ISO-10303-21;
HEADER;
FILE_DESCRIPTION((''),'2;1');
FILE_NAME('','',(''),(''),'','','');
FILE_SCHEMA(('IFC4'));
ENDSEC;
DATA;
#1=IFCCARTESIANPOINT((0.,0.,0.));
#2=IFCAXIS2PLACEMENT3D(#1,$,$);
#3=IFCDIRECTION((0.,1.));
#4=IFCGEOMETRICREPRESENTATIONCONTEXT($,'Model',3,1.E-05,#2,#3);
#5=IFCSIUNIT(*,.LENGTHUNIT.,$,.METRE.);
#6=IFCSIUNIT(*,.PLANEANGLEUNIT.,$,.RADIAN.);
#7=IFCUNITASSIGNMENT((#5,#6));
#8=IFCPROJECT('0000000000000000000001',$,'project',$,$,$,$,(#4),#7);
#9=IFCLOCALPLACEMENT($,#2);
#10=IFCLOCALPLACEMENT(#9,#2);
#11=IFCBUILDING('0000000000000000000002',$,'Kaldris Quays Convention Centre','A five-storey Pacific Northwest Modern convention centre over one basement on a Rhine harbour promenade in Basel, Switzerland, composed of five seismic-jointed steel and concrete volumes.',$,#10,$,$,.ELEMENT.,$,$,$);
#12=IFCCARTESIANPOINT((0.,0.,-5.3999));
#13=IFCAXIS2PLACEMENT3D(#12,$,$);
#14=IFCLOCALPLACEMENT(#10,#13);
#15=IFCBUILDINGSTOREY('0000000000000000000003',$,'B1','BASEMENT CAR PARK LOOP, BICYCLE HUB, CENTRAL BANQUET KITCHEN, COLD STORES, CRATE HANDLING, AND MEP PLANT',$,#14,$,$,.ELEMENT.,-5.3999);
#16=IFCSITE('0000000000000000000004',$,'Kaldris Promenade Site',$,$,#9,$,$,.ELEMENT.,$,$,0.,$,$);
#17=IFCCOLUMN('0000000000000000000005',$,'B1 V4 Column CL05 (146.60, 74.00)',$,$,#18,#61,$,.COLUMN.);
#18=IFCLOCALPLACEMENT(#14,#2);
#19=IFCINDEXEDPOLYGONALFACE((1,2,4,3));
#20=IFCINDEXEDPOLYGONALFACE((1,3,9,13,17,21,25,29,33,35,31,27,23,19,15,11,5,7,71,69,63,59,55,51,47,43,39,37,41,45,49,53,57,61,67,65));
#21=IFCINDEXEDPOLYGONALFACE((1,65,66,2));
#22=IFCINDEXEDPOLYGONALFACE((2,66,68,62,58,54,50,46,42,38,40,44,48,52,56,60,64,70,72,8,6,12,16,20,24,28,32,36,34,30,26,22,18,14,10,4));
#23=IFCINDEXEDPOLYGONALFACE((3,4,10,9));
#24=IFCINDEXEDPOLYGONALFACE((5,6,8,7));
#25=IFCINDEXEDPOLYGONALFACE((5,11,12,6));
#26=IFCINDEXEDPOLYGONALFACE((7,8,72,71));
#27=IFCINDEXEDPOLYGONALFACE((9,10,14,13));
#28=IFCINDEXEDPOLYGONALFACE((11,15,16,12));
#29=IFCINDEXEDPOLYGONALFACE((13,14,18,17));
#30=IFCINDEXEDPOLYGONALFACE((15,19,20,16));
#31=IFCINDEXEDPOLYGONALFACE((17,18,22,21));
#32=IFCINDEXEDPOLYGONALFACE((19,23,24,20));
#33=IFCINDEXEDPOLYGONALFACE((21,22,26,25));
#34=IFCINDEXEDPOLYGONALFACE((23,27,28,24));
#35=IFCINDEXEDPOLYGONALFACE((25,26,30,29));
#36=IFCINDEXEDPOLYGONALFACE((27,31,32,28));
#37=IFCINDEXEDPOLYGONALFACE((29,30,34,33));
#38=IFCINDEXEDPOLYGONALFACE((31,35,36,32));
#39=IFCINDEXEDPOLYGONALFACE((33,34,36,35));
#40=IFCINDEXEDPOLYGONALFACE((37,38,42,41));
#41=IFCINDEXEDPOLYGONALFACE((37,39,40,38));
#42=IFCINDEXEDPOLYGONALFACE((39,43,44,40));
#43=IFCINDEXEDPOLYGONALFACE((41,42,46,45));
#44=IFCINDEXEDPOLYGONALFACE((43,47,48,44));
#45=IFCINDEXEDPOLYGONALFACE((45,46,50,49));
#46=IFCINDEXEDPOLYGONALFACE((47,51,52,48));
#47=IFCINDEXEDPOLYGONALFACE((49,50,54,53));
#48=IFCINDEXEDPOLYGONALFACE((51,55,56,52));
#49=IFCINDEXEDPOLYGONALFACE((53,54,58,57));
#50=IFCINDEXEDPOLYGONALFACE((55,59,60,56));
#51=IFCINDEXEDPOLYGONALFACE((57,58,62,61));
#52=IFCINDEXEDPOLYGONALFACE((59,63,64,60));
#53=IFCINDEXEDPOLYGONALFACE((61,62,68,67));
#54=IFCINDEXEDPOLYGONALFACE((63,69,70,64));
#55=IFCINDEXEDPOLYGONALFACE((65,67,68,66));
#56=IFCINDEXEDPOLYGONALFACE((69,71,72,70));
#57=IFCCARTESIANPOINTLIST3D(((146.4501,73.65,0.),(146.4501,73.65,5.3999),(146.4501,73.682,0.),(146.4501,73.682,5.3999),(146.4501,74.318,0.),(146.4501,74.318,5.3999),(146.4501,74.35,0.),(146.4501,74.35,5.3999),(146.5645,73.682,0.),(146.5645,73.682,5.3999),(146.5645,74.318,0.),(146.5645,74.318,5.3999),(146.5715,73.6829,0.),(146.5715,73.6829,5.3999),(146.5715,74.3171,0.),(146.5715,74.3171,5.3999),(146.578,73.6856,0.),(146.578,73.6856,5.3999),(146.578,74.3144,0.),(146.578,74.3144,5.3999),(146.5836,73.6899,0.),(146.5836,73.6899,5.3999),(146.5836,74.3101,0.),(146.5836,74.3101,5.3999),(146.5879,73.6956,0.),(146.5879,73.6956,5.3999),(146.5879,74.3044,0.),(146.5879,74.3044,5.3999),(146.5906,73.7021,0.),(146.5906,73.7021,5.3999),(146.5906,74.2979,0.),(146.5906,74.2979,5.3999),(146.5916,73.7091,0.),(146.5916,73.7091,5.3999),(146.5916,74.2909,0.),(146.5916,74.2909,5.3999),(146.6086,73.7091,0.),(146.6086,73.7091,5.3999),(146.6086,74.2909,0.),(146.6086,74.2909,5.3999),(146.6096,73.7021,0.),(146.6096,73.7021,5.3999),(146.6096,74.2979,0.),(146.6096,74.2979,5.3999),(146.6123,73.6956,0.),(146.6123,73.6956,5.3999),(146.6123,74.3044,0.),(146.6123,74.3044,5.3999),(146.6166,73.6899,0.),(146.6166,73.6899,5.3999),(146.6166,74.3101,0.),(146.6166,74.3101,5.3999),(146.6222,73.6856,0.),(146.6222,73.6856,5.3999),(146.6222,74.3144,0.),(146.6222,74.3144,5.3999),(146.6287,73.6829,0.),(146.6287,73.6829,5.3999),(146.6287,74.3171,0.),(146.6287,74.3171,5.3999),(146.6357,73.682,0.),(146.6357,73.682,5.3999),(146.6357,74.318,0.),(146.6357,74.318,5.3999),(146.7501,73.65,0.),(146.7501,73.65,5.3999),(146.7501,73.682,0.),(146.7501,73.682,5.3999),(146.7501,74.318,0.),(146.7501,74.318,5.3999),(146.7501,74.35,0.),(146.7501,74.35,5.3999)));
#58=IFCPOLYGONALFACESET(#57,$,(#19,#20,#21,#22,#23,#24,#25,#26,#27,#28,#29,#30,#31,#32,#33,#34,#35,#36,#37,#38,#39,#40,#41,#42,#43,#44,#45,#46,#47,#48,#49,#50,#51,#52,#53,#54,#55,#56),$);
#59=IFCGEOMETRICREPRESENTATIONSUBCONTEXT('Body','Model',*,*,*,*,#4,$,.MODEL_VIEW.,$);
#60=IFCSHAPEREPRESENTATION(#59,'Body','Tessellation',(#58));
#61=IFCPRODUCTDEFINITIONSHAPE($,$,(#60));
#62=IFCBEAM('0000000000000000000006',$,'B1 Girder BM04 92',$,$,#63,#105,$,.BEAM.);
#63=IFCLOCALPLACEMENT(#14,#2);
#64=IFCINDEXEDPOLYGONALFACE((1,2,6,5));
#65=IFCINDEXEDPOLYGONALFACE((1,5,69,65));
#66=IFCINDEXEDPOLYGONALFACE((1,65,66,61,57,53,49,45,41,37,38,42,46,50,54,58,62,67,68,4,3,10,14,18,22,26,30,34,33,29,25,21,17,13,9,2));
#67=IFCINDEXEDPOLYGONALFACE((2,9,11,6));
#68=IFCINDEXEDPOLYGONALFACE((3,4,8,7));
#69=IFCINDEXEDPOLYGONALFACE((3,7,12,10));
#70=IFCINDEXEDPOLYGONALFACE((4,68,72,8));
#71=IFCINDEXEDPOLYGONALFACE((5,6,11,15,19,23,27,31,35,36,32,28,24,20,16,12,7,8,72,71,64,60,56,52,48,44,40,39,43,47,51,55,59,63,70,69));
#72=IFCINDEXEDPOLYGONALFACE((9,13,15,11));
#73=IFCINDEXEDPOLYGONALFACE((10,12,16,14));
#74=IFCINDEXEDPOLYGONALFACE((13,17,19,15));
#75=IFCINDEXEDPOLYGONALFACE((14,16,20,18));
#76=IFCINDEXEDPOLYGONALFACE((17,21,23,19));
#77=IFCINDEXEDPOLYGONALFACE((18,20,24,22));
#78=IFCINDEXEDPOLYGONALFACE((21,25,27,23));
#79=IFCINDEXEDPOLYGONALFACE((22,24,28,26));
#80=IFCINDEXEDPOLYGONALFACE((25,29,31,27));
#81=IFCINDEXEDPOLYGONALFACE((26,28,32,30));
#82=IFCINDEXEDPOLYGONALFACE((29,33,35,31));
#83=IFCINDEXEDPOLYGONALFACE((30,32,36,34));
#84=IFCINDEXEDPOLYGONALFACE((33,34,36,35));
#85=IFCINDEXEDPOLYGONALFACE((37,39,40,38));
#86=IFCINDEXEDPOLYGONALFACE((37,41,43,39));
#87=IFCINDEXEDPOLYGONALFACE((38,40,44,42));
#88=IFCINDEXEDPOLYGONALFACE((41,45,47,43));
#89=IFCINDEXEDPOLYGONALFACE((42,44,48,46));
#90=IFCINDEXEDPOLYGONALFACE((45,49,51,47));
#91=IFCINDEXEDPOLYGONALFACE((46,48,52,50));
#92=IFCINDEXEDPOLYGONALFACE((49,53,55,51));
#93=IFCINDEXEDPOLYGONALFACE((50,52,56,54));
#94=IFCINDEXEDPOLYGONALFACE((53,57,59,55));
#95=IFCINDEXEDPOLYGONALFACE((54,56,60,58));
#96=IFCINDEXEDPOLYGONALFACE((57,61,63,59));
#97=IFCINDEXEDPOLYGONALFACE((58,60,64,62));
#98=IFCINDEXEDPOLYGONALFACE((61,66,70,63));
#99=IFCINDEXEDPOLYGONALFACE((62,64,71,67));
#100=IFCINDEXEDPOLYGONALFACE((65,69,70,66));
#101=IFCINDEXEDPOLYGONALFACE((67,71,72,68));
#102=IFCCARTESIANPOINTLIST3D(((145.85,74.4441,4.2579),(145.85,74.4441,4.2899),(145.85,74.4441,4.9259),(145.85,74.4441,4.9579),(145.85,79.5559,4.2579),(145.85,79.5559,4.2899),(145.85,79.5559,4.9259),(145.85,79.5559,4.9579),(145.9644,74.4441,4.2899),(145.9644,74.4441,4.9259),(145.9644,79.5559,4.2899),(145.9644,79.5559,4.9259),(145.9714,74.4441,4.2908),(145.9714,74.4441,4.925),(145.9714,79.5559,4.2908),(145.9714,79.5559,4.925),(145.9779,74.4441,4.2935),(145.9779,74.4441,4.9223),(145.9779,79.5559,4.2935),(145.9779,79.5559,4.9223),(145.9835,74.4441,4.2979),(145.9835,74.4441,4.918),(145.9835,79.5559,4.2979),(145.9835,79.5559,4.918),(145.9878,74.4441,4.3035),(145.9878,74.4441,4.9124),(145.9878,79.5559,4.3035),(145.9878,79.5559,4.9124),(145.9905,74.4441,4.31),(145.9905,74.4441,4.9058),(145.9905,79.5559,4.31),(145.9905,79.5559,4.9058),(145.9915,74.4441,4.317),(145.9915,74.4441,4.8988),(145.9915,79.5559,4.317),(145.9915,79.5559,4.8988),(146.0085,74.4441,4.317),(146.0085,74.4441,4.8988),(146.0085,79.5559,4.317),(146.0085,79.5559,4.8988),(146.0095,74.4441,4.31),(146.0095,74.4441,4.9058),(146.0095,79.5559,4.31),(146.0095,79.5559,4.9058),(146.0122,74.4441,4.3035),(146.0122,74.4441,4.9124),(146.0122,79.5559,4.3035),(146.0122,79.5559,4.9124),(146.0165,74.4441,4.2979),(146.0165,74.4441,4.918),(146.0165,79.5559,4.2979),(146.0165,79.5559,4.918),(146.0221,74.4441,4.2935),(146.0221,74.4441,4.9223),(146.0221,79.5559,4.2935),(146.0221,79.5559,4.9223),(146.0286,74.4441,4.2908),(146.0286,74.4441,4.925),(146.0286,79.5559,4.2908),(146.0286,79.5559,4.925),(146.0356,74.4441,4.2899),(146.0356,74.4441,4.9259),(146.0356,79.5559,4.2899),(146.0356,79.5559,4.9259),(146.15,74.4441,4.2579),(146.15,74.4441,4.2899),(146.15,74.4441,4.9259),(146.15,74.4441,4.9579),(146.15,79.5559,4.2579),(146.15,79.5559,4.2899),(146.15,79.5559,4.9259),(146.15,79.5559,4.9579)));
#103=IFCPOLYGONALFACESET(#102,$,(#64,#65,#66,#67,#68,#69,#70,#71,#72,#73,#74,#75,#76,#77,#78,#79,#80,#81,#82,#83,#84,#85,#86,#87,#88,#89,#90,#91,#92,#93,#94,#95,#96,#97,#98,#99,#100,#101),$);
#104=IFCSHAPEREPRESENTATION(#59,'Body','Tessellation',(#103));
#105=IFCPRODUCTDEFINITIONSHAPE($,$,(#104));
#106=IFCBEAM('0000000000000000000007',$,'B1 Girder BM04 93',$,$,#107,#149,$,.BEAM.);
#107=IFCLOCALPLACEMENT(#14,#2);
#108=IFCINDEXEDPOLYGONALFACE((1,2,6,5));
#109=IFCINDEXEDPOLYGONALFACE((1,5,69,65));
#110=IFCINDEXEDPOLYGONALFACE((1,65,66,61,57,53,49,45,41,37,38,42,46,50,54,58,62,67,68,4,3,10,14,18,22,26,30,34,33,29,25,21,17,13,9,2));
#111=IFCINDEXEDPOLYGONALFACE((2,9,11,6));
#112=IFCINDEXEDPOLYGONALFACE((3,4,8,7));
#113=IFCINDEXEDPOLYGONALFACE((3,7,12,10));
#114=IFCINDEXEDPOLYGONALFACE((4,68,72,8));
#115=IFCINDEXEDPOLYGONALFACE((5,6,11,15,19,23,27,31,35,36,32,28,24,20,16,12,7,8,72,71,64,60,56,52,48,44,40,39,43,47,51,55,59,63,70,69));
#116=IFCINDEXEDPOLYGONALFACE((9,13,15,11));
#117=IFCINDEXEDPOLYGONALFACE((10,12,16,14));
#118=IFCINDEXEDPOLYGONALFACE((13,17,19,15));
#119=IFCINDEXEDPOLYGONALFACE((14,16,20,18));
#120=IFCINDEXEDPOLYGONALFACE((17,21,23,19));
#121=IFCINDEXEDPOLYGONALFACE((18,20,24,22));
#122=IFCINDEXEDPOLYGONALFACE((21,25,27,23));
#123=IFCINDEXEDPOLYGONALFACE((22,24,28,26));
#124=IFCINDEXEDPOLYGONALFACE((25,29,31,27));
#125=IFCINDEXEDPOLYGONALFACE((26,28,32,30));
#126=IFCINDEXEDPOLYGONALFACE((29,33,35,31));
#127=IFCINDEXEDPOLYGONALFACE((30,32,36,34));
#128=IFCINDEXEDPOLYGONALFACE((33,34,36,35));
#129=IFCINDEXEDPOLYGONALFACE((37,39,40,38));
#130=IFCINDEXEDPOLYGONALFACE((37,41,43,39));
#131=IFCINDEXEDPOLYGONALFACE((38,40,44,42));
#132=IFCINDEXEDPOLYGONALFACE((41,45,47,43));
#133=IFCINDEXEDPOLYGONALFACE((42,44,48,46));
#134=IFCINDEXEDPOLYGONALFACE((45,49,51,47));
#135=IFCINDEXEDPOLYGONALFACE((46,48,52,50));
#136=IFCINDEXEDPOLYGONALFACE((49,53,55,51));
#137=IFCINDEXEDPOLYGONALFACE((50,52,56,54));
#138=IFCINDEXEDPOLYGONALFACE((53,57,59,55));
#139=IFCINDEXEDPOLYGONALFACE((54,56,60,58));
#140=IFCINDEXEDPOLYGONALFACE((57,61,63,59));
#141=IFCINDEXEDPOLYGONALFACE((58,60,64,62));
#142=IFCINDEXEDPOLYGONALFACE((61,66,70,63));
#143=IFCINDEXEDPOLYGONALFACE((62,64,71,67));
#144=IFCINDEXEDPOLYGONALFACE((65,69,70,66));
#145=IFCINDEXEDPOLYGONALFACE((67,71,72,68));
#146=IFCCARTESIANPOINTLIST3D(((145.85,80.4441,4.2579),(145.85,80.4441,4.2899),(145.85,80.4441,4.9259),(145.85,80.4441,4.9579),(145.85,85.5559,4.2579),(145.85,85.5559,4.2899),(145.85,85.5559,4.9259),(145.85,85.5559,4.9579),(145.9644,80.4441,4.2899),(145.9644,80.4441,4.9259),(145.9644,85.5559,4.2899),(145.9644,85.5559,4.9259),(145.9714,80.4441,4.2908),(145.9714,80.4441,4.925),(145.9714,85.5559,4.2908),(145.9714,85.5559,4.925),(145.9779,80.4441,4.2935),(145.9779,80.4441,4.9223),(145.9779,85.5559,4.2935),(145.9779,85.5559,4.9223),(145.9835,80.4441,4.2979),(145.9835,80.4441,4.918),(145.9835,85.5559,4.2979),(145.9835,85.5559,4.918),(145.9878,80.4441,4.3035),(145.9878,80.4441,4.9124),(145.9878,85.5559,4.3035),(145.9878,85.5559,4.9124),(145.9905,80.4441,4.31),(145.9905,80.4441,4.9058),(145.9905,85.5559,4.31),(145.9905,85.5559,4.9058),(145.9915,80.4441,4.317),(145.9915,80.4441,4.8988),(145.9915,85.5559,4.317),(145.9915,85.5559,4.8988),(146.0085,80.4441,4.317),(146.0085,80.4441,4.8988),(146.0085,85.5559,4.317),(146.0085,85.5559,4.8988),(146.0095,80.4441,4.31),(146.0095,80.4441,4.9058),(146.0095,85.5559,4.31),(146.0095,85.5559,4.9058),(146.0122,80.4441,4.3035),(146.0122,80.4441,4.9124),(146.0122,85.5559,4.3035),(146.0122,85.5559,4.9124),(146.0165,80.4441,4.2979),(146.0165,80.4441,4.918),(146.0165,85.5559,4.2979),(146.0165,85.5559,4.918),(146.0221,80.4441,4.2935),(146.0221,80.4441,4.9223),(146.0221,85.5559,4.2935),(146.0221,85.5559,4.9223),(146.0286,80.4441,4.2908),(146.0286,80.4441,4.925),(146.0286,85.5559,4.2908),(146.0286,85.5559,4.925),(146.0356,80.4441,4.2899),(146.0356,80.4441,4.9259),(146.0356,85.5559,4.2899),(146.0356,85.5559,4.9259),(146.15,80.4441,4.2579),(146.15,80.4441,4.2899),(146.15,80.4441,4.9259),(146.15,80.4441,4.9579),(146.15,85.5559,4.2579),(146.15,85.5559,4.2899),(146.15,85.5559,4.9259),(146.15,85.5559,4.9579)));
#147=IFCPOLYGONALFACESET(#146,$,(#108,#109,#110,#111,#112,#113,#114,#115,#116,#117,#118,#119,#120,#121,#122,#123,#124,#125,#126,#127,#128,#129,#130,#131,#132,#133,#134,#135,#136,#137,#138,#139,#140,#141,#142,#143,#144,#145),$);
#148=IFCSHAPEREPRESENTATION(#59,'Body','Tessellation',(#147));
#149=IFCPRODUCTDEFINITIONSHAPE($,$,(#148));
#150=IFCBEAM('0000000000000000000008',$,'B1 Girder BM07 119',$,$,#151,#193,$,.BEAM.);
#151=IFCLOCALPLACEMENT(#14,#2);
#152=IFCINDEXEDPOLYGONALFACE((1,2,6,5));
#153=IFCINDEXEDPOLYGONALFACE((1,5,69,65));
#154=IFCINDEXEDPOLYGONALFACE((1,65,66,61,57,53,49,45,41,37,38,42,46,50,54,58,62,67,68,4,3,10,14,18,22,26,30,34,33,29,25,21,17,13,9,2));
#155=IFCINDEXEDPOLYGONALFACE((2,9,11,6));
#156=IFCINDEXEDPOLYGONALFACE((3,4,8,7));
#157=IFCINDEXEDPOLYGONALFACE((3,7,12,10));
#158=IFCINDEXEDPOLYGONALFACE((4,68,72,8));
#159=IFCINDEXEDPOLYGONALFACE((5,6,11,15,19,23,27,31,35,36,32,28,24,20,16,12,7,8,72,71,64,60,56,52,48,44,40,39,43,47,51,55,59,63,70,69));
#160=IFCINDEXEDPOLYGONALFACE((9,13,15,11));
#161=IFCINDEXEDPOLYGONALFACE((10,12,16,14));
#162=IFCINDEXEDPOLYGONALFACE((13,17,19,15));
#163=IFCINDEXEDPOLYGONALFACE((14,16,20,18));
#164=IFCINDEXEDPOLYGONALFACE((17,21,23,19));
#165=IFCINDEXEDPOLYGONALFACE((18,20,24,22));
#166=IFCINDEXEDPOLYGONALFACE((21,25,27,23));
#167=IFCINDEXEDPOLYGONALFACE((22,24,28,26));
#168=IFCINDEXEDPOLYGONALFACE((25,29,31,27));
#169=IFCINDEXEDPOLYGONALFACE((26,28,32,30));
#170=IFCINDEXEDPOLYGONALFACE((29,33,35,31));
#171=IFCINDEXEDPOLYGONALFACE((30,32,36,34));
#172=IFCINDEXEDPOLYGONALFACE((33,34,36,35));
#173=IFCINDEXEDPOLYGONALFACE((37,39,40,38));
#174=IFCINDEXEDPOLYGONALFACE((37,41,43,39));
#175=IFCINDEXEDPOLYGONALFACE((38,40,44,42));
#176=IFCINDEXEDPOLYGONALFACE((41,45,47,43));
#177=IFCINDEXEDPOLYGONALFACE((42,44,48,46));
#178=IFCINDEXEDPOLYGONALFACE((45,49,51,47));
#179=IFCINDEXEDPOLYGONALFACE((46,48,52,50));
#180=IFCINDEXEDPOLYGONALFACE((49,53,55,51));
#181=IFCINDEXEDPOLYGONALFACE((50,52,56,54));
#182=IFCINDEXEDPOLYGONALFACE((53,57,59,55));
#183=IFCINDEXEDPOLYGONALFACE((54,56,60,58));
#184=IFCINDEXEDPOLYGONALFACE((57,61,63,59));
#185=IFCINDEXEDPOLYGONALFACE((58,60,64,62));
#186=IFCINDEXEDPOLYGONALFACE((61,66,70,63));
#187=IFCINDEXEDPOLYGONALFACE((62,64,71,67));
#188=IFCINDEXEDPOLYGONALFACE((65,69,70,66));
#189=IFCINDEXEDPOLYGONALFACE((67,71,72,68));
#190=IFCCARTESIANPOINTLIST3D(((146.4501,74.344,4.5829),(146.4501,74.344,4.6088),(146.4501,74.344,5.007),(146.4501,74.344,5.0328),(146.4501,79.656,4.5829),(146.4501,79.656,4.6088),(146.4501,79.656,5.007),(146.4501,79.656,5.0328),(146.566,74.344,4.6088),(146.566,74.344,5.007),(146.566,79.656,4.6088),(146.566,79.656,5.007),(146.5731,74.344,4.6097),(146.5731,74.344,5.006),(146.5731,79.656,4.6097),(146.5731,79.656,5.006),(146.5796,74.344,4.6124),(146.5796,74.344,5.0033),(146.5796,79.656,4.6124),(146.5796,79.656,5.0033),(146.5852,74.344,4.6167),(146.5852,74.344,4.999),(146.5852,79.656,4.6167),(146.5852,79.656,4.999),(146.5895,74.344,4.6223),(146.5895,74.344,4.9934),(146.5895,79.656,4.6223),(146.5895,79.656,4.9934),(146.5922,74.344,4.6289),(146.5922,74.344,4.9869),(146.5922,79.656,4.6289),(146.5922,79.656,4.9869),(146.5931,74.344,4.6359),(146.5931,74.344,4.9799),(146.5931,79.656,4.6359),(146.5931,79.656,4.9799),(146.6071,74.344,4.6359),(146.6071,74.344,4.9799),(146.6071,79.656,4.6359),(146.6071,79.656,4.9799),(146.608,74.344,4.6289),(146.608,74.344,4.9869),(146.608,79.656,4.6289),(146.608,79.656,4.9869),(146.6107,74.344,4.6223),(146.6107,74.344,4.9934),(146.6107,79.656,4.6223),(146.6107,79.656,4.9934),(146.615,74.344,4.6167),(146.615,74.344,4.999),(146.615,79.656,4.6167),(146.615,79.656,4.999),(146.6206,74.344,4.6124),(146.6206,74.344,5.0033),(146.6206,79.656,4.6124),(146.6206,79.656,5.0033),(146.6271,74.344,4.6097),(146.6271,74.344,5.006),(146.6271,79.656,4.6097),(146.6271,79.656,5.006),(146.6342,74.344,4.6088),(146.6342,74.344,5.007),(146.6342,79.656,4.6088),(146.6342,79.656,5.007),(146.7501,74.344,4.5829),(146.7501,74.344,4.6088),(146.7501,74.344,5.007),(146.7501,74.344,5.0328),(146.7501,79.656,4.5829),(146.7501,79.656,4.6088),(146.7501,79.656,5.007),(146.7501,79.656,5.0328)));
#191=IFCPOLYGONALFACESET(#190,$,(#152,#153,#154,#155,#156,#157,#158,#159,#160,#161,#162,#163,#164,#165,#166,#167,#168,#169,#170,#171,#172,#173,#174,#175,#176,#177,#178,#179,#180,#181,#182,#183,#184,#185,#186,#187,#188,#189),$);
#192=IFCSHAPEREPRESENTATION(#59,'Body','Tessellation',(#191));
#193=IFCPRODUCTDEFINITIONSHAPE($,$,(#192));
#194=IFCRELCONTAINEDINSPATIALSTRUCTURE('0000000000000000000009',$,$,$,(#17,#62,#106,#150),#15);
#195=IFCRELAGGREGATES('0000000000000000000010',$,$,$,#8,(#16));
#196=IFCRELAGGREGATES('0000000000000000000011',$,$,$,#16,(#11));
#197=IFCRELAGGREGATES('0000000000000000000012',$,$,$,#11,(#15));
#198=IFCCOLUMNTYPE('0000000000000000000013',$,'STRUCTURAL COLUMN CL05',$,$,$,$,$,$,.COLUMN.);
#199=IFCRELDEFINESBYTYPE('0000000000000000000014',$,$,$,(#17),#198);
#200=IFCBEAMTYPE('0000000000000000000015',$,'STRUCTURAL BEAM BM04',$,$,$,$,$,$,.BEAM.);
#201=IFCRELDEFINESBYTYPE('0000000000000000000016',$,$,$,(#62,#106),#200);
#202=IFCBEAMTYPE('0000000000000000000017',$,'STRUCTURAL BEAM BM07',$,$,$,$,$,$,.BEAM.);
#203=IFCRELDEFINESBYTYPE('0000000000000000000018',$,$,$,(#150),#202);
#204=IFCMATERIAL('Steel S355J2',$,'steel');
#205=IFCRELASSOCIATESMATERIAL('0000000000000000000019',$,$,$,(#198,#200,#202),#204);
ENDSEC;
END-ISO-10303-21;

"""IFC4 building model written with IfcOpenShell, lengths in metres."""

from ifc_helpers import new_model, si_unit, direction, frame, origin, origin_2d, place, context, subcontext, project, spatial, i_section, extrude, material, material_profile, profile_set, type_object, element, save


model = new_model("IFC4")

# Units and contexts
model_context = context("Model", 3, precision=1e-05, world=origin(), true_north=direction((0.0, 1.0)))
body_context = subcontext(model_context, "Body", "Model", "MODEL_VIEW")
ifc_project = project(units=[si_unit("LENGTHUNIT", "METRE"), si_unit("PLANEANGLEUNIT", "RADIAN")], contexts=[model_context])

# Site, building, storey
site_placement = place(None, origin())
site = spatial("IfcSite", under=ifc_project, at=site_placement, Name="Kaldris Promenade Site", CompositionType="ELEMENT", RefElevation=0.0)
building_placement = place(site_placement, origin())
building = spatial("IfcBuilding", under=site, at=building_placement, Name="Kaldris Quays Convention Centre", Description="A five-storey Pacific Northwest Modern convention centre over one basement on a Rhine harbour promenade in Basel, Switzerland, composed of five seismic-jointed steel and concrete volumes.", CompositionType="ELEMENT")
storey_placement = place(building_placement, frame((0.0, 0.0, -5.3999)))
storey = spatial("IfcBuildingStorey", under=building, at=storey_placement, Name="B1", Description="BASEMENT CAR PARK LOOP, BICYCLE HUB, CENTRAL BANQUET KITCHEN, COLD STORES, CRATE HANDLING, AND MEP PLANT", CompositionType="ELEMENT", Elevation=-5.3999)

# Column
ifc_material_1 = material(Name="Steel S355J2", Category="steel")
ifc_material_profile_1 = material_profile(ifc_material_1, i_section(OverallWidth=0.3, OverallDepth=0.7, WebThickness=0.0171, FlangeThickness=0.032, FilletRadius=0.0271, at=origin_2d()), Name="HEB 700")
ifc_profile_set_1 = profile_set([ifc_material_profile_1], Name="Steel S355J2")
column_type_1 = type_object("IfcColumnType", Name="STRUCTURAL COLUMN CL05", PredefinedType="COLUMN", material=ifc_profile_set_1)
column_placement = place(storey_placement, frame((146.6001, 74.0, 0.0), z_axis=(0.0, 0.0, 1.0), x_axis=(1.0, 0.0, 0.0)))
element("IfcColumn", 1, at=column_placement, inside=storey, type_object=column_type_1, Name="B1 V4 Column CL05 (146.60, 74.00)", PredefinedType="COLUMN", context=body_context, shape_type="SweptSolid", body=[
    extrude(i_section(OverallWidth=0.3, OverallDepth=0.7, WebThickness=0.0171, FlangeThickness=0.032, FilletRadius=0.0271, at=origin_2d()), origin(), (0.0, 0.0, 1.0), 5.3999),
])

# Beams
ifc_material_profile_2 = material_profile(ifc_material_1, i_section(OverallWidth=0.3, OverallDepth=0.7, WebThickness=0.0171, FlangeThickness=0.032, FilletRadius=0.0271, at=origin_2d()), Name="HEB 700")
ifc_profile_set_2 = profile_set([ifc_material_profile_2], Name="Steel S355J2")
beam_type_1 = type_object("IfcBeamType", Name="STRUCTURAL BEAM BM04", PredefinedType="BEAM", material=ifc_profile_set_2)
for number, where, z_axis, x_axis, name in (
    (2, (146.0, 74.4441, 4.6079), (0.0, 1.0, 0.0), (-1.0, 0.0, 0.0), "B1 Girder BM04 92"),
    (3, (146.0, 80.4441, 4.6079), (0.0, 1.0, 0.0), (-1.0, 0.0, 0.0), "B1 Girder BM04 93"),
):
    element("IfcBeam", number, at=place(storey_placement, frame(where, z_axis=z_axis, x_axis=x_axis)), inside=storey, type_object=beam_type_1, Name=name, PredefinedType="BEAM", context=body_context, shape_type="SweptSolid", body=[
        extrude(i_section(OverallWidth=0.3, OverallDepth=0.7, WebThickness=0.0171, FlangeThickness=0.032, FilletRadius=0.0271, at=origin_2d()), origin(), (0.0, 0.0, 1.0), 5.1118),
    ])
ifc_material_profile_3 = material_profile(ifc_material_1, i_section(OverallWidth=0.3, OverallDepth=0.45, WebThickness=0.0139, FlangeThickness=0.0259, FilletRadius=0.0271, at=origin_2d()), Name="HEB 450")
ifc_profile_set_3 = profile_set([ifc_material_profile_3], Name="Steel S355J2")
beam_type_2 = type_object("IfcBeamType", Name="STRUCTURAL BEAM BM07", PredefinedType="BEAM", material=ifc_profile_set_3)
beam_placement = place(storey_placement, frame((146.6001, 74.344, 4.8079), z_axis=(0.0, 1.0, 0.0), x_axis=(-1.0, 0.0, 0.0)))
element("IfcBeam", 4, at=beam_placement, inside=storey, type_object=beam_type_2, Name="B1 Girder BM07 119", PredefinedType="BEAM", context=body_context, shape_type="SweptSolid", body=[
    extrude(i_section(OverallWidth=0.3, OverallDepth=0.45, WebThickness=0.0139, FlangeThickness=0.0259, FilletRadius=0.0271, at=origin_2d()), origin(), (0.0, 0.0, 1.0), 5.312),
])

save(model, "model.ifc")
